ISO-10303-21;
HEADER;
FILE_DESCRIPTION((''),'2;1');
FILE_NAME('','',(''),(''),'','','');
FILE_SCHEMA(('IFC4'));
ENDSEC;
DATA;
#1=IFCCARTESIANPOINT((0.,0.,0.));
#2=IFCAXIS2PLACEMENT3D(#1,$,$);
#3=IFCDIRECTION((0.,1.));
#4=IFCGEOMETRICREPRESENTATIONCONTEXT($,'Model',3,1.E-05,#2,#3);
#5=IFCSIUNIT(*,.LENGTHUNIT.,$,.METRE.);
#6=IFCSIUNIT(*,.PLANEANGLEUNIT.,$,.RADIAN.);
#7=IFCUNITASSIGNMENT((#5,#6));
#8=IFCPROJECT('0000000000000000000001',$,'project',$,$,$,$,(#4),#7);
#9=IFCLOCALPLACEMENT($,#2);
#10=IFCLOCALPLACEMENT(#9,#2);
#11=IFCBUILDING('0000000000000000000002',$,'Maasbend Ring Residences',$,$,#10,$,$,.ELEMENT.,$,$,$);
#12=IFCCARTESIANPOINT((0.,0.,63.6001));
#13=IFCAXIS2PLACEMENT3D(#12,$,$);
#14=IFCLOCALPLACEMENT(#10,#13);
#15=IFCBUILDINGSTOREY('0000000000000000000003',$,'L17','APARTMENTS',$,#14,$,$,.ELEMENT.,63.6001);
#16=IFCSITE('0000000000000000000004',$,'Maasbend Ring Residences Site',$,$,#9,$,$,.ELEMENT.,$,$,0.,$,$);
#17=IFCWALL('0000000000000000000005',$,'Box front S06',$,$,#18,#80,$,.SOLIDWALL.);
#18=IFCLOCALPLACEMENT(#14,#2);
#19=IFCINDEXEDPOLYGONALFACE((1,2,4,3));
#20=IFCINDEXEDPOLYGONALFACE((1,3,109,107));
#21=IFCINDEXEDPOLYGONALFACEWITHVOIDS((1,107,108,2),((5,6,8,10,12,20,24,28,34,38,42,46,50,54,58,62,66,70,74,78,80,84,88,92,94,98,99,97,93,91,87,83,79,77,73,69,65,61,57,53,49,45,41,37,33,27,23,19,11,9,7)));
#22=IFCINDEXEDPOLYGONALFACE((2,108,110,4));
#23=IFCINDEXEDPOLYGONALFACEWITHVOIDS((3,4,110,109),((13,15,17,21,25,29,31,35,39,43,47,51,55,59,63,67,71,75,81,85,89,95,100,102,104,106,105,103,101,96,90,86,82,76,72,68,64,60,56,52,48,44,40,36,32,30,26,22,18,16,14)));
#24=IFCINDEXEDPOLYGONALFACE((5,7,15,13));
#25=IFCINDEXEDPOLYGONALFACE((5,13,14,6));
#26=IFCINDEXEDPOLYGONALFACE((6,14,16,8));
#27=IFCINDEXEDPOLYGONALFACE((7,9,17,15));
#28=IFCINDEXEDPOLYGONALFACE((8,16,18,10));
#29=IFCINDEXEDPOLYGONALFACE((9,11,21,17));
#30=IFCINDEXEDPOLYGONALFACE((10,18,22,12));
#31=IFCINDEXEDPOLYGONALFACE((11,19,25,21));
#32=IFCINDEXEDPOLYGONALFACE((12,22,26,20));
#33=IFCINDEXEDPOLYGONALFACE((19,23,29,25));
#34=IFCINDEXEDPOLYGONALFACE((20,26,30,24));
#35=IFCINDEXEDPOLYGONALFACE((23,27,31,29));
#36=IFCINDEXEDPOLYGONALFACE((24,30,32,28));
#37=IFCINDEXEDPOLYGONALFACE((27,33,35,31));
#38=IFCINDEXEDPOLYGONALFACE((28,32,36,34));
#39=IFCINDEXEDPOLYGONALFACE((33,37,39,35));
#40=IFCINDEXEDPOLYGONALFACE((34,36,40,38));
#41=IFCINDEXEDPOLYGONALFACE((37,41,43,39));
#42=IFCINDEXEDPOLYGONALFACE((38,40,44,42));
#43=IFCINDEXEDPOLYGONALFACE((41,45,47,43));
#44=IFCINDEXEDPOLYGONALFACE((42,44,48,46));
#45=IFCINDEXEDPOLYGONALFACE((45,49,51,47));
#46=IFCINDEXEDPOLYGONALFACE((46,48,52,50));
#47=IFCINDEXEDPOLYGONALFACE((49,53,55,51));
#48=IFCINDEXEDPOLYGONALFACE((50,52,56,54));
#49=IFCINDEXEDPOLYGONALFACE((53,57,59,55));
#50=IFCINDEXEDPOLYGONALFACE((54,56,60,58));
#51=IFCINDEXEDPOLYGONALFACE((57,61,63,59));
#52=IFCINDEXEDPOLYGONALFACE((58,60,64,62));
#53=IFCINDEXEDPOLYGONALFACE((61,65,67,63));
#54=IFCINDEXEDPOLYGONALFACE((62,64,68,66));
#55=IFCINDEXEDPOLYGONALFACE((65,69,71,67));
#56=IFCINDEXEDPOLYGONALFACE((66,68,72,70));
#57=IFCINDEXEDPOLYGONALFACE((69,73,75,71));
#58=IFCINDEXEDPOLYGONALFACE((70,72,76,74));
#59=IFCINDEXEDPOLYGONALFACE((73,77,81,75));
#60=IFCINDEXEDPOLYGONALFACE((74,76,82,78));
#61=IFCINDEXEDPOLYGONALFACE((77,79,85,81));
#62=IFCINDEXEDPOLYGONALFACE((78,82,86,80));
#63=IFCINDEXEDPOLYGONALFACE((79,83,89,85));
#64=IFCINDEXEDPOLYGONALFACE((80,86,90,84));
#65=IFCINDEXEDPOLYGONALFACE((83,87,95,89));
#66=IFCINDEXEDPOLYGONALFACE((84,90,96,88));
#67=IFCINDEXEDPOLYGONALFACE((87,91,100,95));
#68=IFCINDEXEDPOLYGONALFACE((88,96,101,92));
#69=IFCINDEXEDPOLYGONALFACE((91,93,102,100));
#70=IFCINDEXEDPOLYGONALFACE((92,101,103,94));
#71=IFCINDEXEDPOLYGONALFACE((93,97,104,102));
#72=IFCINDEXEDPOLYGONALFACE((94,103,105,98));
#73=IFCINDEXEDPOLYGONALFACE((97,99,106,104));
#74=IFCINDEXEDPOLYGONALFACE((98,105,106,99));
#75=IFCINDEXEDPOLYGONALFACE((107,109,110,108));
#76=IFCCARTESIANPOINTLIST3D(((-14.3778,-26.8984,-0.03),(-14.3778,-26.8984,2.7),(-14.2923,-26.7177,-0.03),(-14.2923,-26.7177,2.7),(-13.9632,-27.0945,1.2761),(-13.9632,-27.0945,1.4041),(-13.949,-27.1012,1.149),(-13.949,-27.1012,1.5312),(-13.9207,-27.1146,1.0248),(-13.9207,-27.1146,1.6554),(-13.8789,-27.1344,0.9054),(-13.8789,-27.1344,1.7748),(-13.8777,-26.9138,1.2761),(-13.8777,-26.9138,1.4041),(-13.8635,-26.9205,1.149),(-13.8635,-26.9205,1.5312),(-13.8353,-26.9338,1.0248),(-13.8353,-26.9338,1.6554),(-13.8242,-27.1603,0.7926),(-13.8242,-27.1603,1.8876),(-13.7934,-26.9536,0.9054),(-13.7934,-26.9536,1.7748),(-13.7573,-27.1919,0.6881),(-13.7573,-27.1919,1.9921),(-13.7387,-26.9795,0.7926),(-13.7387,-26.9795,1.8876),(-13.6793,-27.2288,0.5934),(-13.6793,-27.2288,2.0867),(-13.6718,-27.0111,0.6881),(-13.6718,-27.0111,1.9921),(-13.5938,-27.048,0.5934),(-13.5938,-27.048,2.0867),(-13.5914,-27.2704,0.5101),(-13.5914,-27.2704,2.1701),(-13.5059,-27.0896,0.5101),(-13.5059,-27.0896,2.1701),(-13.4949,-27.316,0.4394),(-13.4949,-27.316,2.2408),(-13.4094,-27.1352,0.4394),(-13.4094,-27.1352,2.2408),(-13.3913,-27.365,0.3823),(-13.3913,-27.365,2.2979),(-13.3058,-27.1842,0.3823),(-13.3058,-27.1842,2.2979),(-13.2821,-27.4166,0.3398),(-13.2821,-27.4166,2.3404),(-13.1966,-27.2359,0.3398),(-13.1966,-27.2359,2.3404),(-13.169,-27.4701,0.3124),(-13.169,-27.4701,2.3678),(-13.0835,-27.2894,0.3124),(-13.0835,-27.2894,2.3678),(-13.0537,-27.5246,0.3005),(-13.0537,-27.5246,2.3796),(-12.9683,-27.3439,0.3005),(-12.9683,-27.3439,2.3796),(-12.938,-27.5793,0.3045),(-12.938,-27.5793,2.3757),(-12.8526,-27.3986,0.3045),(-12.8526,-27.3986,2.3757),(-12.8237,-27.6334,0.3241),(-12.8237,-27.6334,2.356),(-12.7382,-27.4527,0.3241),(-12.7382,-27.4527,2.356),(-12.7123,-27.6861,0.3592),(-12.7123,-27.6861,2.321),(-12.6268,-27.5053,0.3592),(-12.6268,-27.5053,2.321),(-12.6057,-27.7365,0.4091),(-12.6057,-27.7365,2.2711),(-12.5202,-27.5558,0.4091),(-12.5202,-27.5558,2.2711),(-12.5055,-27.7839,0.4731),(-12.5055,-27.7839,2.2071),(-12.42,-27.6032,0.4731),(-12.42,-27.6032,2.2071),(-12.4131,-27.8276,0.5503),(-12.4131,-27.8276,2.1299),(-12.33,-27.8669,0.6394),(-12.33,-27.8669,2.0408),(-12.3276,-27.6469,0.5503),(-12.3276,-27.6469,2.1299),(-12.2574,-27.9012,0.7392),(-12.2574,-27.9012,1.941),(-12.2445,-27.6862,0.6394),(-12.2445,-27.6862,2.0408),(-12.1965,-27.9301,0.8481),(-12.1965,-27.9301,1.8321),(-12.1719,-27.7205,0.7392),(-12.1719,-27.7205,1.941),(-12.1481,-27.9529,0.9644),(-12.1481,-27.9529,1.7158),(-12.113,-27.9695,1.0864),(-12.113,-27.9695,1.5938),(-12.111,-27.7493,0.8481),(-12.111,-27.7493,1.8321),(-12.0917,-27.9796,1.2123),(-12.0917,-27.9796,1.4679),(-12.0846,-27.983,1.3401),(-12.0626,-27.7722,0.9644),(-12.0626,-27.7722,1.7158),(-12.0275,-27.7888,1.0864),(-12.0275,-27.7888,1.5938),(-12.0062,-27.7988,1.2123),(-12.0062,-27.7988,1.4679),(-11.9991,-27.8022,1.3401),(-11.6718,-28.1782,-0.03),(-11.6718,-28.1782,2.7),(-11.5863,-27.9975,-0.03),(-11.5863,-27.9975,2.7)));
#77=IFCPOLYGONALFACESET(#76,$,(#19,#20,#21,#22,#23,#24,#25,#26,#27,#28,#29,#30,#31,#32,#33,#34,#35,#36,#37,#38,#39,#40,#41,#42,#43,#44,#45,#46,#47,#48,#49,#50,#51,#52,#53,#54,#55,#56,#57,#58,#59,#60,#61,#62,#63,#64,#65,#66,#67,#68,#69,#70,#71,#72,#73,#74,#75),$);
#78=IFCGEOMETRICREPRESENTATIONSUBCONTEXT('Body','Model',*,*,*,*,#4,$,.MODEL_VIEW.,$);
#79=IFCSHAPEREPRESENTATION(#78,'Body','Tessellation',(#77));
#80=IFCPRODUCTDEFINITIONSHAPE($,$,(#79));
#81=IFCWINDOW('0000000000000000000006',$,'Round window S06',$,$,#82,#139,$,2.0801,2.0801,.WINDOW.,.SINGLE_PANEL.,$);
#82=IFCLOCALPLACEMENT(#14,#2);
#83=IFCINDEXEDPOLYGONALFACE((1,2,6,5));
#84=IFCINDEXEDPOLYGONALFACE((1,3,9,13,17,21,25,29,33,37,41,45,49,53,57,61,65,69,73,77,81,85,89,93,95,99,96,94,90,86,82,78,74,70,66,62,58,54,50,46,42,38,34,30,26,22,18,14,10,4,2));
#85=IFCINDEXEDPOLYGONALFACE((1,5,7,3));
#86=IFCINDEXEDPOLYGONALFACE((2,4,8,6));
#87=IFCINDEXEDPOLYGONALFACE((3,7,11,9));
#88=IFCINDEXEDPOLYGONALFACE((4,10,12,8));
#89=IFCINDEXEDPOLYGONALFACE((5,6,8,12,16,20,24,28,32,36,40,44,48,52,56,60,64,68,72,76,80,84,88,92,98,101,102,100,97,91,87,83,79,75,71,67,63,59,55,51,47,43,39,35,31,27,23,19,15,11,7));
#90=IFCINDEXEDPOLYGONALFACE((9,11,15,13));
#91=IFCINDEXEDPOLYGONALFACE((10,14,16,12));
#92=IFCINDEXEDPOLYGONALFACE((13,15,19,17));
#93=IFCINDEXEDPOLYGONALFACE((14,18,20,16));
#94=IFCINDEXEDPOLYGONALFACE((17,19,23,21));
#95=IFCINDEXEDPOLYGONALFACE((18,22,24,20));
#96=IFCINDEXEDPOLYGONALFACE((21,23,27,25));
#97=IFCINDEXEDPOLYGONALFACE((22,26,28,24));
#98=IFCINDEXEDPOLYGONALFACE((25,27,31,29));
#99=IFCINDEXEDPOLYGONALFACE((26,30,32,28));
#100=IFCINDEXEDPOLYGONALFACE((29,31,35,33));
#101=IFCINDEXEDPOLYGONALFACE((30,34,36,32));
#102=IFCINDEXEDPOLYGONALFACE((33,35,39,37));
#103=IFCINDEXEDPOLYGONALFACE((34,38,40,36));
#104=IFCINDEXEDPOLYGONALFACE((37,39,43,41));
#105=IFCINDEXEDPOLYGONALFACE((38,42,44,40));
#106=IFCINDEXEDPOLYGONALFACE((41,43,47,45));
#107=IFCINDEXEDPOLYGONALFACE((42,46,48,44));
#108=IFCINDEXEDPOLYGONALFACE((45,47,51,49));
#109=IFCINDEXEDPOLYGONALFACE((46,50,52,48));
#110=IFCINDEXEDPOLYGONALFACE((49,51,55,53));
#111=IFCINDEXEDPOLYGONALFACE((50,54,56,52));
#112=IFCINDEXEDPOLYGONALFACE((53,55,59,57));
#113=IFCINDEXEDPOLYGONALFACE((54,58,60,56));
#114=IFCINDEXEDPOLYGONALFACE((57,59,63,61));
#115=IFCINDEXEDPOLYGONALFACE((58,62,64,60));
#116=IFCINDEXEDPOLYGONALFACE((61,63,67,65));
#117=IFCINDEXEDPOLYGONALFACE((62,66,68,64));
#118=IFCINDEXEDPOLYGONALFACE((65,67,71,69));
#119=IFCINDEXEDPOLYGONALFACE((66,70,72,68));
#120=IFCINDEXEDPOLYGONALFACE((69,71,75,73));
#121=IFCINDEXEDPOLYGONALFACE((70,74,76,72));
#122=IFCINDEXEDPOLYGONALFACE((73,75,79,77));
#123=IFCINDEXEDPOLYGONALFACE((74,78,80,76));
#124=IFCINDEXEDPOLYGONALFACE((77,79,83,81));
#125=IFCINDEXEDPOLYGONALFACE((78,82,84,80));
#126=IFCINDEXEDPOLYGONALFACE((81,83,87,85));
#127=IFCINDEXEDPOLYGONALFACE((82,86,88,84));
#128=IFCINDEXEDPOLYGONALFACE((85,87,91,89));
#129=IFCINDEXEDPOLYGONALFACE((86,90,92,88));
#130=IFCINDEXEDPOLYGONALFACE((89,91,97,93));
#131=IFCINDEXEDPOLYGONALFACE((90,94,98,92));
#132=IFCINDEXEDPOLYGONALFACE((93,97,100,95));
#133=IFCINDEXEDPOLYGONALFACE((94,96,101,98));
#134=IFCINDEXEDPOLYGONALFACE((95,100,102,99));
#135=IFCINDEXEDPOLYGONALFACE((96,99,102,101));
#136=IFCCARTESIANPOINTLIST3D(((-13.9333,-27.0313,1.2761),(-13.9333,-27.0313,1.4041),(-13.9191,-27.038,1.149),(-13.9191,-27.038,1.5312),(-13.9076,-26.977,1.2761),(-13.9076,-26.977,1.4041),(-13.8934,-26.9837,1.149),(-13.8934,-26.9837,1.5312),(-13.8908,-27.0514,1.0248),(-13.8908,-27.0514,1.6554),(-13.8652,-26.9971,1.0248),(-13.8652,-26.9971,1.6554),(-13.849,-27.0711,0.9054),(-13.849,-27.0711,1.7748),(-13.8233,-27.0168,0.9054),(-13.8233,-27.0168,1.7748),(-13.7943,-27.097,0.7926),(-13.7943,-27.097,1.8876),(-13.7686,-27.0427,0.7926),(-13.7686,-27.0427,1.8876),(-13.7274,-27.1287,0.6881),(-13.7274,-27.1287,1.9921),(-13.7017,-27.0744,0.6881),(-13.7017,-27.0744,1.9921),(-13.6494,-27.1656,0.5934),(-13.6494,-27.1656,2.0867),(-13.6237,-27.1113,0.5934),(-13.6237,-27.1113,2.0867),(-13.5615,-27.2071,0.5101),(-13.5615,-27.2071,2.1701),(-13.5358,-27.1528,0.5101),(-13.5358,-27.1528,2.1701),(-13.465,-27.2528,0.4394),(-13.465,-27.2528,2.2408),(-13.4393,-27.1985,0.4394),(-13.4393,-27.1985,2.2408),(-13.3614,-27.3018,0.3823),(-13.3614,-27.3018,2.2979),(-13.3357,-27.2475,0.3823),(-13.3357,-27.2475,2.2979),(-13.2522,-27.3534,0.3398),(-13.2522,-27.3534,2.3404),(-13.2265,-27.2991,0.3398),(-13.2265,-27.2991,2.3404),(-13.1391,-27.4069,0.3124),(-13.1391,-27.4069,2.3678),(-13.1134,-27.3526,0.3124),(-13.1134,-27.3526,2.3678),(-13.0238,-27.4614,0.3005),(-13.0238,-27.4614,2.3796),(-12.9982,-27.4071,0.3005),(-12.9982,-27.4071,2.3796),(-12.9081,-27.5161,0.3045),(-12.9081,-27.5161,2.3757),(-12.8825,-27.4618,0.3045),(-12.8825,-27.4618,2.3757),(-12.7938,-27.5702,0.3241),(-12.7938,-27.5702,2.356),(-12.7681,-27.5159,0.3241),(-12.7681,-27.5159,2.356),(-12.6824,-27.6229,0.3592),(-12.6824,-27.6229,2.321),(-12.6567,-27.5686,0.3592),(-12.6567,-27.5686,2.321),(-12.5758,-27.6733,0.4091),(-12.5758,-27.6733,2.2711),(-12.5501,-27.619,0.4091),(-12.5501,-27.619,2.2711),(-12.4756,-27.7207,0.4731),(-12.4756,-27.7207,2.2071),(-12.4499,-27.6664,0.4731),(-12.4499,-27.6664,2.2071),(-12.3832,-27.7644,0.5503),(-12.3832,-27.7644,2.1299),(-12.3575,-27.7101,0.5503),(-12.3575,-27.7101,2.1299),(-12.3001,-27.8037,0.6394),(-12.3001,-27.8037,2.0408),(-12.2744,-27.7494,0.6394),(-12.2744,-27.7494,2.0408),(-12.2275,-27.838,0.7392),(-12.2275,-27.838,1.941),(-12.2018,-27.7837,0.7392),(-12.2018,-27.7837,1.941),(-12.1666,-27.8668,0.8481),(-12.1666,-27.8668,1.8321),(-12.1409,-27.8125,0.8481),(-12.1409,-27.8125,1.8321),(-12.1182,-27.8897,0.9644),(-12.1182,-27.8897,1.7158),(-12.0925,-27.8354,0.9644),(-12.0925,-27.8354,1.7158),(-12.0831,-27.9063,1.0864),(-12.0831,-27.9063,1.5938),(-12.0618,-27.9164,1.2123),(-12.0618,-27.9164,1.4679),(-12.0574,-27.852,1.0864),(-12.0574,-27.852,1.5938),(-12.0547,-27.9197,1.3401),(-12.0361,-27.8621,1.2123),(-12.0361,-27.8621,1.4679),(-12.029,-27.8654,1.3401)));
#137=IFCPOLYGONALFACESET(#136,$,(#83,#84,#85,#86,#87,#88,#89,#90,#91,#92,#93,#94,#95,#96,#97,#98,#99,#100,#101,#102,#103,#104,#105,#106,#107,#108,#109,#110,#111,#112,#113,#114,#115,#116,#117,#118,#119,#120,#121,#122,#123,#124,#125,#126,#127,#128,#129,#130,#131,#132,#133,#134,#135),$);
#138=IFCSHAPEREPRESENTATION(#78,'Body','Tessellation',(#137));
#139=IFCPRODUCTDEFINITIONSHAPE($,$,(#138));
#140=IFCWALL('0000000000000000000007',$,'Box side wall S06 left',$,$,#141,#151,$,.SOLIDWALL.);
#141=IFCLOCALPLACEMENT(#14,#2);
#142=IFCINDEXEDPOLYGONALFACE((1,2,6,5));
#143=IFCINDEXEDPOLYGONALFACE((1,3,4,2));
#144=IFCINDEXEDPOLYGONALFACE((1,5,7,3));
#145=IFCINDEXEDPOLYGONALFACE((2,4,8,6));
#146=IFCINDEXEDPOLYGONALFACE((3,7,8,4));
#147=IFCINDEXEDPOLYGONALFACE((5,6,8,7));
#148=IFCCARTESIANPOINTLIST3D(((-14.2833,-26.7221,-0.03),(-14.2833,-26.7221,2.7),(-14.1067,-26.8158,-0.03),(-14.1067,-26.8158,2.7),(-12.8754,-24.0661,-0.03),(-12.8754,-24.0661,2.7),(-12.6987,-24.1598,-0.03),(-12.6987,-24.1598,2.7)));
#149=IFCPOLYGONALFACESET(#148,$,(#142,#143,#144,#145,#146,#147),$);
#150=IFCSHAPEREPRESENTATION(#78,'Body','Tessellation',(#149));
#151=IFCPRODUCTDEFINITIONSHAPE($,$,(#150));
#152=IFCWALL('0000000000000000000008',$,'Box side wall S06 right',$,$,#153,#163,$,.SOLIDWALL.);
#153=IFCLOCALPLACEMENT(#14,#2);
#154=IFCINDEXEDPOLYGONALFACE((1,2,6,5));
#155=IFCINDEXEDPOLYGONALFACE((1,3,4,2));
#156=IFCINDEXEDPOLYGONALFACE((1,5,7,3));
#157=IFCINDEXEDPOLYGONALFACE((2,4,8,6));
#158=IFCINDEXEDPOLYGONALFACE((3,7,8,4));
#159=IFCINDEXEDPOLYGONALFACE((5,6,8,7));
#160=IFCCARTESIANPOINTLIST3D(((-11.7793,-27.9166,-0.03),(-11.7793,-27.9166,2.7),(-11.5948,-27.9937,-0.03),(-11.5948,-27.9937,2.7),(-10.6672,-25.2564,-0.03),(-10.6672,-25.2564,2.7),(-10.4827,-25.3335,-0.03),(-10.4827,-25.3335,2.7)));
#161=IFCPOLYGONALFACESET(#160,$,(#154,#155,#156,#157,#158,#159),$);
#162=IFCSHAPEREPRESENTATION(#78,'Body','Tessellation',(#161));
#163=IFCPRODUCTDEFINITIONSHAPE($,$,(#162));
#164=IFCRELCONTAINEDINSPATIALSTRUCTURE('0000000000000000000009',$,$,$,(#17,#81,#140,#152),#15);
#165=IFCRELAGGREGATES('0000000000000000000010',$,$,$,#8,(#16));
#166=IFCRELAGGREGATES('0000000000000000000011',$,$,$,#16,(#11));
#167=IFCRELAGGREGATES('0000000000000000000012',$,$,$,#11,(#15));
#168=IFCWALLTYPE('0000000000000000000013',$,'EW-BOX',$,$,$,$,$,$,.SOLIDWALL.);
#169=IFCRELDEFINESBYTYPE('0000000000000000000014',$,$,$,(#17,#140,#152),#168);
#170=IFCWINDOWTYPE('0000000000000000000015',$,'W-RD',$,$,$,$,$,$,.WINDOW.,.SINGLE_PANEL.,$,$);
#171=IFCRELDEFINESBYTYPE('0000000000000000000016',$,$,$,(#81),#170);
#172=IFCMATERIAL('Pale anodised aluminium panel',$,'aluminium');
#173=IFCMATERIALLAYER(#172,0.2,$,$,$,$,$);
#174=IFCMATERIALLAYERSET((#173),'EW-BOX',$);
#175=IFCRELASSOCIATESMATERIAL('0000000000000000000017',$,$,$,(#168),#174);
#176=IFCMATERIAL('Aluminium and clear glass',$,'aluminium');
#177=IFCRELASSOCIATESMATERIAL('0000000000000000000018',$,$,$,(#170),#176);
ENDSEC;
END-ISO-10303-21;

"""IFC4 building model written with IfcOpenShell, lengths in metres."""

from ifc_helpers import new_model, si_unit, direction, frame, frame_2d, origin, place, context, subcontext, project, spatial, rectangle, circle, extrude, material, layer, layer_set, type_object, element, fill, save


model = new_model("IFC4")

# Units and contexts
model_context = context("Model", 3, precision=1e-05, world=origin(), true_north=direction((0.0, 1.0)))
body_context = subcontext(model_context, "Body", "Model", "MODEL_VIEW")
ifc_project = project(units=[si_unit("LENGTHUNIT", "METRE"), si_unit("PLANEANGLEUNIT", "RADIAN")], contexts=[model_context])

# Site, building, storey
site_placement = place(None, origin())
site = spatial("IfcSite", under=ifc_project, at=site_placement, Name="Maasbend Ring Residences Site", CompositionType="ELEMENT", RefElevation=0.0)
building_placement = place(site_placement, origin())
building = spatial("IfcBuilding", under=site, at=building_placement, Name="Maasbend Ring Residences", CompositionType="ELEMENT")
storey_placement = place(building_placement, frame((0.0, 0.0, 63.6001)))
storey = spatial("IfcBuildingStorey", under=building, at=storey_placement, Name="L17", Description="APARTMENTS", CompositionType="ELEMENT", Elevation=63.6001)

# Wall, opening, window
ifc_material_1 = material(Name="Pale anodised aluminium panel", Category="aluminium")
ifc_layer_1 = layer(ifc_material_1, 0.2)
ifc_layer_set_1 = layer_set([ifc_layer_1], Name="EW-BOX")
wall_type_1 = type_object("IfcWallType", Name="EW-BOX", PredefinedType="SOLIDWALL", material=ifc_layer_set_1)
wall_1_placement = place(storey_placement, frame((-14.335, -26.8081, -0.03), z_axis=(0.0, 0.0, 1.0), x_axis=(0.904, -0.427532, 0.0)))
wall_1 = element("IfcWall", 1, at=wall_1_placement, inside=storey, type_object=wall_type_1, Name="Box front S06", PredefinedType="SOLIDWALL", context=body_context, shape_type="SweptSolid", body=[
    extrude(rectangle(XDim=2.9934, YDim=0.2, at=frame_2d((1.4966, 0.0))), origin(), (0.0, 0.0, 1.0), 2.73),
])
opening_1_placement = place(wall_1_placement, frame((0.4565, 0.0, 0.3301)))
opening_1 = element("IfcOpeningElement", 2, at=opening_1_placement, cuts=wall_1, PredefinedType="OPENING", context=body_context, shape_type="SweptSolid", body=[
    extrude(circle(Radius=1.04, at=frame_2d((1.04, 1.04))), frame((0.0, 0.1099, 0.0), z_axis=(0.0, -1.0, 0.0), x_axis=(1.0, 0.0, 0.0)), (0.0, 0.0, 1.0), 0.22),
])
ifc_material_2 = material(Name="Aluminium and clear glass", Category="aluminium")
window_type_1 = type_object("IfcWindowType", Name="W-RD", PartitioningType="SINGLE_PANEL", PredefinedType="WINDOW", material=ifc_material_2)
window_1_placement = place(opening_1_placement, origin())
window_1 = element("IfcWindow", 3, at=window_1_placement, inside=storey, type_object=window_type_1, Name="Round window S06", OverallHeight=2.0801, OverallWidth=2.0801, PartitioningType="SINGLE_PANEL", PredefinedType="WINDOW", context=body_context, shape_type="SweptSolid", body=[
    extrude(circle(Radius=1.04, at=frame_2d((1.04, 1.04))), frame((0.0, 0.03, 0.0), z_axis=(0.0, -1.0, 0.0), x_axis=(1.0, 0.0, 0.0)), (0.0, 0.0, 1.0), 0.0601),
])
fill(opening_1, window_1)

# Walls
wall_2_placement = place(storey_placement, frame((-12.7871, -24.113, -0.03), z_axis=(0.0, 0.0, 1.0), x_axis=(-0.468365, -0.883535, 0.0)))
element("IfcWall", 4, at=wall_2_placement, inside=storey, type_object=wall_type_1, Name="Box side wall S06 left", PredefinedType="SOLIDWALL", context=body_context, shape_type="SweptSolid", body=[
    extrude(rectangle(XDim=3.0061, YDim=0.2, at=frame_2d((1.5029, 0.0))), origin(), (0.0, 0.0, 1.0), 2.73),
])
wall_3_placement = place(storey_placement, frame((-10.575, -25.2949, -0.03), z_axis=(0.0, 0.0, 1.0), x_axis=(-0.385697, -0.922625, 0.0)))
element("IfcWall", 5, at=wall_3_placement, inside=storey, type_object=wall_type_1, Name="Box side wall S06 right", PredefinedType="SOLIDWALL", context=body_context, shape_type="SweptSolid", body=[
    extrude(rectangle(XDim=2.8833, YDim=0.2, at=frame_2d((1.4417, 0.0))), origin(), (0.0, 0.0, 1.0), 2.73),
])

save(model, "model.ifc")
